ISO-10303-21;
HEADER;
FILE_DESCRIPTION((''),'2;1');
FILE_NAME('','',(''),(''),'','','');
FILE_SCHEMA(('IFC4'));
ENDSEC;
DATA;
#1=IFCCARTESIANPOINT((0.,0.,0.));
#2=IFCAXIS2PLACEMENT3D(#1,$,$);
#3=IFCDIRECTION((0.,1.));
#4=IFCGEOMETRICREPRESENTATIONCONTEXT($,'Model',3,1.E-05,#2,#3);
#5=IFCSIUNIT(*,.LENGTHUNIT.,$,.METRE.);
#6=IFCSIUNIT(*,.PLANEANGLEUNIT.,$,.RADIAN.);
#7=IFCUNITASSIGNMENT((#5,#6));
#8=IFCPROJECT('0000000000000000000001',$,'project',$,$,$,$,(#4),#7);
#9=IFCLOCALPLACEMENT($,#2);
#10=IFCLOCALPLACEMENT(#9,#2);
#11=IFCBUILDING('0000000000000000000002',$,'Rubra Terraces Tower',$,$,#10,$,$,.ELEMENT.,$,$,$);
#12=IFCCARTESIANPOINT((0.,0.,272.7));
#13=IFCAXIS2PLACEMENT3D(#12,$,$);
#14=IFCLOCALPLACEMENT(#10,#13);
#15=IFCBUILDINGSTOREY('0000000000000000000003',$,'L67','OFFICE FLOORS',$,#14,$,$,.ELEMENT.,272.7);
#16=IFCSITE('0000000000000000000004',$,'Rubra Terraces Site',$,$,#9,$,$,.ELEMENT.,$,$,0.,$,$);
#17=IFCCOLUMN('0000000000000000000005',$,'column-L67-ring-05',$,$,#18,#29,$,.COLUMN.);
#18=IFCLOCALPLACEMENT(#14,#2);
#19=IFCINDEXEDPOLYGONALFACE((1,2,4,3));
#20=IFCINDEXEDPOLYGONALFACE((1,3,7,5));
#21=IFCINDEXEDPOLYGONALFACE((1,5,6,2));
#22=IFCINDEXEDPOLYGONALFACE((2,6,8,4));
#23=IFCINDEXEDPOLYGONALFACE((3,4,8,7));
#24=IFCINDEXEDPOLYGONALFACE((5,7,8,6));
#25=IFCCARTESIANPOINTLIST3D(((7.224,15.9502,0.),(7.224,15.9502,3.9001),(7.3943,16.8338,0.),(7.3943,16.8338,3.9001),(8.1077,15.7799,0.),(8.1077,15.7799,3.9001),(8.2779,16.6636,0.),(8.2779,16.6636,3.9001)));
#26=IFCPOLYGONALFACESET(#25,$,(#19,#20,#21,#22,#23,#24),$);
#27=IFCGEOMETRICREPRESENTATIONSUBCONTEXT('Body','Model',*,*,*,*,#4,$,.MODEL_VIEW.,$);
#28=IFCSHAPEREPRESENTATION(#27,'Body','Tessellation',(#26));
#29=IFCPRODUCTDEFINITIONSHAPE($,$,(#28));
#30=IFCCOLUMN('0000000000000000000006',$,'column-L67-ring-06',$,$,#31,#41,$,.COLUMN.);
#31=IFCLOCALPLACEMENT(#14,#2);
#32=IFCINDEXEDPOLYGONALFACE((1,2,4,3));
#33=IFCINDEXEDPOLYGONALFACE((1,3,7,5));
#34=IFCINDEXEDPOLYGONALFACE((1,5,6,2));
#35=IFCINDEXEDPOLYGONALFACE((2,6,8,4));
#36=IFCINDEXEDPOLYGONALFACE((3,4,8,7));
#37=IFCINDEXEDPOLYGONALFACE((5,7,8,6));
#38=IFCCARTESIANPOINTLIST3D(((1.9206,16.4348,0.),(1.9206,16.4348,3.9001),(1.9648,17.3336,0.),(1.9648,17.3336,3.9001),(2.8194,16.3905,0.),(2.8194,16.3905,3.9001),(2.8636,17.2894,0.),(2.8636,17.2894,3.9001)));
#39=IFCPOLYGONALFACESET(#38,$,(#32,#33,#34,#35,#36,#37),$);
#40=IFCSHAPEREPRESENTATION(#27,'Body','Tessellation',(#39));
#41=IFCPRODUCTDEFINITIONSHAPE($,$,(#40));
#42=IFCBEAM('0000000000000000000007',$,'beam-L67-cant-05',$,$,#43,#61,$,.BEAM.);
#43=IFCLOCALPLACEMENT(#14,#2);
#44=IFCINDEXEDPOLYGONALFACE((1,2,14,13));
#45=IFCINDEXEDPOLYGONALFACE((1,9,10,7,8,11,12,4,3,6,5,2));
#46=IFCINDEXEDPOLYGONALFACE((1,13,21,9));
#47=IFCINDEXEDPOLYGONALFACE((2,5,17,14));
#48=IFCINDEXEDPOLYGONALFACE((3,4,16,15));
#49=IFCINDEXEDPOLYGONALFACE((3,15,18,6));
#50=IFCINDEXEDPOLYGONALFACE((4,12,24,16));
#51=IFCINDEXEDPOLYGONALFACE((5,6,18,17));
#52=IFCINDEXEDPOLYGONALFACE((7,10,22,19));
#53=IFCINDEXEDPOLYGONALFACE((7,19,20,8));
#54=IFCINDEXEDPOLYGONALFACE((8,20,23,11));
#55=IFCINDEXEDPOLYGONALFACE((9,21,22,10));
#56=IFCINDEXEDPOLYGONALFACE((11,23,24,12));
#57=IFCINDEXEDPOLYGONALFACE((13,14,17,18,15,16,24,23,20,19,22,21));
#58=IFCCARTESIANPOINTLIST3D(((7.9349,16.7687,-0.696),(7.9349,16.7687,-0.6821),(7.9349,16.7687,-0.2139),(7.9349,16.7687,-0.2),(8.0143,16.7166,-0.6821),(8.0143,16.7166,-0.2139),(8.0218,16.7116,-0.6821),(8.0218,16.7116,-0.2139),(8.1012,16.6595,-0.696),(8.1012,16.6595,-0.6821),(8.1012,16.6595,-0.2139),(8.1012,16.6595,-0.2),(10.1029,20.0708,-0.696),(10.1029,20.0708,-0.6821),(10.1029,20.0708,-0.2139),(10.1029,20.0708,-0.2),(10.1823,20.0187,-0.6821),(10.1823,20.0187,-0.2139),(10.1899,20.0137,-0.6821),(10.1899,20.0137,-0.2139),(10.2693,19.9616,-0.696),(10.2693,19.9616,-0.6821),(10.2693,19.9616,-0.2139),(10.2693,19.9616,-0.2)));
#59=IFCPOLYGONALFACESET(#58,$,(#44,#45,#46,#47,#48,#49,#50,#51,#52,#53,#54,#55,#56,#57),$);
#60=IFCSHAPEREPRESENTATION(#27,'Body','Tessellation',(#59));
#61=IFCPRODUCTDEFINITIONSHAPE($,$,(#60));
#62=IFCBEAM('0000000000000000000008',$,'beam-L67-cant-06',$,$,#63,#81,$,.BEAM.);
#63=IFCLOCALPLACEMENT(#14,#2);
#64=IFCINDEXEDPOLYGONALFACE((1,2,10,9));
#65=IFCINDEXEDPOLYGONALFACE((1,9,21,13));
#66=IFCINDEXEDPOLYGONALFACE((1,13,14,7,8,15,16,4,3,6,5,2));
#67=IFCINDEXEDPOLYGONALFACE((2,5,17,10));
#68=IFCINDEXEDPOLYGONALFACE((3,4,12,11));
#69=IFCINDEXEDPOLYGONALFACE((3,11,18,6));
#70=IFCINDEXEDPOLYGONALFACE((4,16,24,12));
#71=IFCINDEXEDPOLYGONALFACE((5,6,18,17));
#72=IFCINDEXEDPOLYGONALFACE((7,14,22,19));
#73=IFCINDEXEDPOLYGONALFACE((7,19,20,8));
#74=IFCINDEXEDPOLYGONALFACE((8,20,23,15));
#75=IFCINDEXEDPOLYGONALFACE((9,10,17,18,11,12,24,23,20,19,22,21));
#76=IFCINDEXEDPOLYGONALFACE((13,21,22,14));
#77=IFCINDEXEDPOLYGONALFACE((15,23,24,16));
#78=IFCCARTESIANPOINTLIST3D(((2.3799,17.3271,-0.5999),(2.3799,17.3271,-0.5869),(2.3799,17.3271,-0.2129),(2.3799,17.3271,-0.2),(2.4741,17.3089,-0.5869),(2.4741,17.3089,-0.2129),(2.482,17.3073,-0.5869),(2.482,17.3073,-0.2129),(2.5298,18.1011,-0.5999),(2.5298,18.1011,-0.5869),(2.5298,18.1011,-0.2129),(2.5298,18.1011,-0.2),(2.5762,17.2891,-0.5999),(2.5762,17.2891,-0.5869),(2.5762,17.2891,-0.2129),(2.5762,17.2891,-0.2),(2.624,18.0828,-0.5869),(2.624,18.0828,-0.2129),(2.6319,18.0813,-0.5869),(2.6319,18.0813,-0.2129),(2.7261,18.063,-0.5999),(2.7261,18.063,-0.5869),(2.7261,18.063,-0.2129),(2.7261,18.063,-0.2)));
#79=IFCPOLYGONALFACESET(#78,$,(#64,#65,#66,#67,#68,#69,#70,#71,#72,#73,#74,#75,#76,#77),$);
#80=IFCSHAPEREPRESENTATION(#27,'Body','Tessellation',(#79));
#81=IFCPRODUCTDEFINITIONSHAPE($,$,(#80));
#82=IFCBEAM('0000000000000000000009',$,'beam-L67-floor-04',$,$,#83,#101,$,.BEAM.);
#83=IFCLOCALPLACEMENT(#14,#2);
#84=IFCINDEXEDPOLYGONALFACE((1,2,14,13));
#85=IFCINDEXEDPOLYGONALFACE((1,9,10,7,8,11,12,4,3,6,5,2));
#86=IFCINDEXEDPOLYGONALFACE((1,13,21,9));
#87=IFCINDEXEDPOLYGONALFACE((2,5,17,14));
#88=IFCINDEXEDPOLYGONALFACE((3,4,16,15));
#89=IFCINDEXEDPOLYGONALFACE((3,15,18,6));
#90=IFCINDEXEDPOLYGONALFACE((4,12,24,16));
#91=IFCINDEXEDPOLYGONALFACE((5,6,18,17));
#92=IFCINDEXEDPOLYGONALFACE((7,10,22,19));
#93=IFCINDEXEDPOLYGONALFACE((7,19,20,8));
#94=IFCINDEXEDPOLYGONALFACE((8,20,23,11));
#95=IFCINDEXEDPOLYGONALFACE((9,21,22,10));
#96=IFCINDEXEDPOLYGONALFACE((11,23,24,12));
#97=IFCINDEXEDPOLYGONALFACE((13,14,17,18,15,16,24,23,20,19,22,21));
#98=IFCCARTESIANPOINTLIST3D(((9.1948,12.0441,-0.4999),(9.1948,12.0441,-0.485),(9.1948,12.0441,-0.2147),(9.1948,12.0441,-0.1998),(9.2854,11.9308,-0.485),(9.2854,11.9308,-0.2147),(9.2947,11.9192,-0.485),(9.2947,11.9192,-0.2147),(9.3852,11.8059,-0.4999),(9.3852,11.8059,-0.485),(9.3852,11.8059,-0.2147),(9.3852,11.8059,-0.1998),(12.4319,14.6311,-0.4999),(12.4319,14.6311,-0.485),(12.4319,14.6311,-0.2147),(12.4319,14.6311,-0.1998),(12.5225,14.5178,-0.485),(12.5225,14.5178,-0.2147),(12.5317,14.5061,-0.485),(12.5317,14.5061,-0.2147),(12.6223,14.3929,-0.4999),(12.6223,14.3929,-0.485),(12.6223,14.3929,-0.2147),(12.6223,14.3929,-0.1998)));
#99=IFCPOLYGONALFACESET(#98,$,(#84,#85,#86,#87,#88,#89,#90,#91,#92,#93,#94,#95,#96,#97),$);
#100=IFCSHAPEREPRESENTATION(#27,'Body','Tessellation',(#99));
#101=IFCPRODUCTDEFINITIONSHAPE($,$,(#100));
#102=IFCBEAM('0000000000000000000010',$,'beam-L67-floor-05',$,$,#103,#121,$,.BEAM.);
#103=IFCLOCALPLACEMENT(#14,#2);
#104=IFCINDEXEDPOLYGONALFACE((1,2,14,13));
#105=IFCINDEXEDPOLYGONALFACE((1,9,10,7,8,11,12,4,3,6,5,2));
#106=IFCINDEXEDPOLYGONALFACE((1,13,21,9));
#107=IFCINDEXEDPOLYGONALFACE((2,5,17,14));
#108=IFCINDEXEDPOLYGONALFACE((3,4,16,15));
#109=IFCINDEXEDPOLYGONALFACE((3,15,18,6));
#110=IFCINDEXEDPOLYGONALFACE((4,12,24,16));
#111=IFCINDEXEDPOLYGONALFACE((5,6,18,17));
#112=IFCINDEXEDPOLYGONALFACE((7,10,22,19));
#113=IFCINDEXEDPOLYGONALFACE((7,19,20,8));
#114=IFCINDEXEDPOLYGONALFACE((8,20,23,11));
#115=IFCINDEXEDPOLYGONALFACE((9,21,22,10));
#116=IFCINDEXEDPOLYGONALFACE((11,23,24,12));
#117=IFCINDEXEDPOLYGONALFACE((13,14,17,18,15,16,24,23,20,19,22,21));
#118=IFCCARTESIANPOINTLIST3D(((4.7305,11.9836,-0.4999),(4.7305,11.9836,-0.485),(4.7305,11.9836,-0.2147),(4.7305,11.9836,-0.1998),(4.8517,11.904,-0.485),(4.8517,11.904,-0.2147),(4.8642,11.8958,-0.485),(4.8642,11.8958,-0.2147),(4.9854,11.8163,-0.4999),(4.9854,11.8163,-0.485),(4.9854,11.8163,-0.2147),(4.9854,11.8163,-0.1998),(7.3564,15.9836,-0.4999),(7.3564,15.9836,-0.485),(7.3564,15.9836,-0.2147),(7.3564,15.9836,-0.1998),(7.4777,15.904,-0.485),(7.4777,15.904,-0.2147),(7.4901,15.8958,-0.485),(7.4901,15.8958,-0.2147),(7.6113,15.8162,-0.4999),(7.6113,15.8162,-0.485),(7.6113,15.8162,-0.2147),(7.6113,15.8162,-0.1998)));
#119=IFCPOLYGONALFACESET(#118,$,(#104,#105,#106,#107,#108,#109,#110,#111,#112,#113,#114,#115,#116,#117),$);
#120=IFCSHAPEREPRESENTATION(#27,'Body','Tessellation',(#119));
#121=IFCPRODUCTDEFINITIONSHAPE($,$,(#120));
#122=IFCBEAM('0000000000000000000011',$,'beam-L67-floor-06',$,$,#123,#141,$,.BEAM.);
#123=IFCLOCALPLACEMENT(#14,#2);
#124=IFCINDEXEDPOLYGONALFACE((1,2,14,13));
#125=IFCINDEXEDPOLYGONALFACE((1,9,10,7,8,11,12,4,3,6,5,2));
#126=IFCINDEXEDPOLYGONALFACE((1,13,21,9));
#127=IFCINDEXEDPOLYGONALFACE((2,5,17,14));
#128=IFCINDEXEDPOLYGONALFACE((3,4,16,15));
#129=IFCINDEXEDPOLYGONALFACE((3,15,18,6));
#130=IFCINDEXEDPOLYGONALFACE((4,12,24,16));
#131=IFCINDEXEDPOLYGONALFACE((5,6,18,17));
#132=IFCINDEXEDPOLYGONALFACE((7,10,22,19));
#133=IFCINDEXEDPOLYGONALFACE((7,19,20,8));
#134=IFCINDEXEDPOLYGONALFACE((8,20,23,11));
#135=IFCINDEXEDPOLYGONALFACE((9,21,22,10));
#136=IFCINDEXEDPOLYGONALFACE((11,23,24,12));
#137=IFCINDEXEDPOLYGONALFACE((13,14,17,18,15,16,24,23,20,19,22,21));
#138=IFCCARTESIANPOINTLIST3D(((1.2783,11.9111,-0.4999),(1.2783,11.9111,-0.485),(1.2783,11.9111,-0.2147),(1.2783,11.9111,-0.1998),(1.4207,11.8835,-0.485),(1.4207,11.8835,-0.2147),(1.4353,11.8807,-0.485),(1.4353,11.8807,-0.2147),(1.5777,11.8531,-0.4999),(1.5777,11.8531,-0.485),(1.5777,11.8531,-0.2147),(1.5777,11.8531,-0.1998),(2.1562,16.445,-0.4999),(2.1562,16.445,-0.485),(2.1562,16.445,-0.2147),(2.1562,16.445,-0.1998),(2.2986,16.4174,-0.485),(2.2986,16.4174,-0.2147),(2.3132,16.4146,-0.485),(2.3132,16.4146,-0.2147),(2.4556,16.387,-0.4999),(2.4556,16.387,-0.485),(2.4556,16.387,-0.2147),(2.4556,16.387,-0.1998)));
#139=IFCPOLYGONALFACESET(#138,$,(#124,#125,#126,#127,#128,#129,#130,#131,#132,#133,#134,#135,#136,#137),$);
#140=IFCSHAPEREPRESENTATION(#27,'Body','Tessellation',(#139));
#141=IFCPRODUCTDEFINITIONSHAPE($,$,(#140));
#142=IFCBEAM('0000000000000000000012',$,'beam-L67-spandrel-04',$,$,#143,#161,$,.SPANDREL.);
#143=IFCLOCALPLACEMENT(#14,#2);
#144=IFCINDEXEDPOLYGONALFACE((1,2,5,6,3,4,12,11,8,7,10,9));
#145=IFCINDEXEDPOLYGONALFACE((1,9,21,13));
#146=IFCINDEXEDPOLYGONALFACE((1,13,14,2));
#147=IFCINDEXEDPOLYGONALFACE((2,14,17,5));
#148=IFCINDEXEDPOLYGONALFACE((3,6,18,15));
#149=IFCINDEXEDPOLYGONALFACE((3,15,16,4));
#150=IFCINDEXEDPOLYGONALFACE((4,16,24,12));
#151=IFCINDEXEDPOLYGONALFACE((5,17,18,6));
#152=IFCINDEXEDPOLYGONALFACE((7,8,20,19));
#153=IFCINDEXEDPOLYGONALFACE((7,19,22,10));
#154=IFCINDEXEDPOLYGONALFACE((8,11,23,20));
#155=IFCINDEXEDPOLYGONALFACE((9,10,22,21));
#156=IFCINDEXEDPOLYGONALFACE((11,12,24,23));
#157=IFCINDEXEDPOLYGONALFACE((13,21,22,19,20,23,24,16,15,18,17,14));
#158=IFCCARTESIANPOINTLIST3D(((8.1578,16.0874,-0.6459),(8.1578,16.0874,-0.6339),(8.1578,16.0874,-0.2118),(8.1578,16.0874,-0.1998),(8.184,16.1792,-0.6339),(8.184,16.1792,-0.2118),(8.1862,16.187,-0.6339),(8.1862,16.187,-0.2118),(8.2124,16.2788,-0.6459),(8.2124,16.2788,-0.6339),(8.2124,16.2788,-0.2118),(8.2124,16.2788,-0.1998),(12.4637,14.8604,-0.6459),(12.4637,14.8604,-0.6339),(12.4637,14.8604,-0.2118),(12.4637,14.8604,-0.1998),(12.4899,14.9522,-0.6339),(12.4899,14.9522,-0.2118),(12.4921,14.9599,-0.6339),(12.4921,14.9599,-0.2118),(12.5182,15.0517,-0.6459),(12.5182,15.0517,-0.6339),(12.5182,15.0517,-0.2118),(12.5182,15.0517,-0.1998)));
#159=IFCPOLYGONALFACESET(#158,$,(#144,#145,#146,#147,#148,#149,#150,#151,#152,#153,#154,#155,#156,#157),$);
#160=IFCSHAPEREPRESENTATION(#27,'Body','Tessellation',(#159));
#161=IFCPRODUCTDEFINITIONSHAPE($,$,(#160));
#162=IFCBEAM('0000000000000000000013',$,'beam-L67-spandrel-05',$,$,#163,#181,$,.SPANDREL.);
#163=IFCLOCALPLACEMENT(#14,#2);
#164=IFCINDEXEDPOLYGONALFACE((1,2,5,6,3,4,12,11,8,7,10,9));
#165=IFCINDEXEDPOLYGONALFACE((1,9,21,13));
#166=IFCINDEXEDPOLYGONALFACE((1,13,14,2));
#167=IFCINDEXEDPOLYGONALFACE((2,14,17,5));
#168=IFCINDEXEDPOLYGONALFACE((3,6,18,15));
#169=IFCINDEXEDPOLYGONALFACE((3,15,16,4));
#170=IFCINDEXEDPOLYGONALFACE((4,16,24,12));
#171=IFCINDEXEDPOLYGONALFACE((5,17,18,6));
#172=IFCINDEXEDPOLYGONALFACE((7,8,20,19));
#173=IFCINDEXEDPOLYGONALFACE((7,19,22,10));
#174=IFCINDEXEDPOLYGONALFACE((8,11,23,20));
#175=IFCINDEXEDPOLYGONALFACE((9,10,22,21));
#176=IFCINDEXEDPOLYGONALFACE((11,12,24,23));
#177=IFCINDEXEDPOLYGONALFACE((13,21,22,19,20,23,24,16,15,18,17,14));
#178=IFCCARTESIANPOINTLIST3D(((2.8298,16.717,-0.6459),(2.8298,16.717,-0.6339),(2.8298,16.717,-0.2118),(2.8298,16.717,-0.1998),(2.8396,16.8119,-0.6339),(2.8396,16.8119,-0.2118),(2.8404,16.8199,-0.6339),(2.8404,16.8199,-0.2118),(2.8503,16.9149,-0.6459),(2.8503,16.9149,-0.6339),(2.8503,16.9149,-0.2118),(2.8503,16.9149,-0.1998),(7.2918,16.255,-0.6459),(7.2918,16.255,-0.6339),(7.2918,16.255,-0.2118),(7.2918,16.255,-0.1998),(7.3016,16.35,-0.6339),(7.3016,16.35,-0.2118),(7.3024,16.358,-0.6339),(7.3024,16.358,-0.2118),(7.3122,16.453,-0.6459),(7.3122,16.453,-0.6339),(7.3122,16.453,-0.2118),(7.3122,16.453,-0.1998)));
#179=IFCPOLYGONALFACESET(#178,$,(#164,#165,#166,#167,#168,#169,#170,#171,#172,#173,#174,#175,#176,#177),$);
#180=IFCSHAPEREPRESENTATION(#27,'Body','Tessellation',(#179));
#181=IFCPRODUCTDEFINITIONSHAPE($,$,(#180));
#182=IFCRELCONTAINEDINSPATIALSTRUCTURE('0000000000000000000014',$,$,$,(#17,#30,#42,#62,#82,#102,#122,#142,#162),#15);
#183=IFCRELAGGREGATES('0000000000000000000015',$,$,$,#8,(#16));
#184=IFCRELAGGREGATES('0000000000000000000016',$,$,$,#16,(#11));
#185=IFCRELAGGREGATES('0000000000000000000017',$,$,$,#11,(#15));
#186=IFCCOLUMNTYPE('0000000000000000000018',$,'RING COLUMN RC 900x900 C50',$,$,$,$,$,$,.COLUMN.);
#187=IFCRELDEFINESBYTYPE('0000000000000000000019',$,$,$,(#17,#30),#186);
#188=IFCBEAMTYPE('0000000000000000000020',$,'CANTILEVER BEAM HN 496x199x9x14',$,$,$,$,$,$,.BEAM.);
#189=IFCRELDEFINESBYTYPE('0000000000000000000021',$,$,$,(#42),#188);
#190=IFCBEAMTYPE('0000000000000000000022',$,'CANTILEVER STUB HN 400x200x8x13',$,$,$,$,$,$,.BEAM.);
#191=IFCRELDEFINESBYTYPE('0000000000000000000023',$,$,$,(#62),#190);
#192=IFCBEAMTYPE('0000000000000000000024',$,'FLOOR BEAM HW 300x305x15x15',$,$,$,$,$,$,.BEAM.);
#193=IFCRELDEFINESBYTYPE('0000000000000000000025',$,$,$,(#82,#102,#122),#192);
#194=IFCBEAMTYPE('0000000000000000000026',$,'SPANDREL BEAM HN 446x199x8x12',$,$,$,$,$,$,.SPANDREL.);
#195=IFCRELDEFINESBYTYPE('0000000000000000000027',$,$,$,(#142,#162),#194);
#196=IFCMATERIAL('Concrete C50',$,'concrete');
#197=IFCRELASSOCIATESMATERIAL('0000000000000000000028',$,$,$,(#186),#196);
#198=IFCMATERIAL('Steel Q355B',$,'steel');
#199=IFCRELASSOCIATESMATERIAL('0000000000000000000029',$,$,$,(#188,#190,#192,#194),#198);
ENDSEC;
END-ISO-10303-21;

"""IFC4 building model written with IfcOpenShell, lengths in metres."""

from ifc_helpers import new_model, si_unit, direction, frame, origin, origin_2d, place, context, subcontext, project, spatial, rectangle, i_section, extrude, material, material_profile, profile_set, type_object, element, save


model = new_model("IFC4")

# Units and contexts
model_context = context("Model", 3, precision=1e-05, world=origin(), true_north=direction((0.0, 1.0)))
body_context = subcontext(model_context, "Body", "Model", "MODEL_VIEW")
ifc_project = project(units=[si_unit("LENGTHUNIT", "METRE"), si_unit("PLANEANGLEUNIT", "RADIAN")], contexts=[model_context])

# Site, building, storey
site_placement = place(None, origin())
site = spatial("IfcSite", under=ifc_project, at=site_placement, Name="Rubra Terraces Site", CompositionType="ELEMENT", RefElevation=0.0)
building_placement = place(site_placement, origin())
building = spatial("IfcBuilding", under=site, at=building_placement, Name="Rubra Terraces Tower", CompositionType="ELEMENT")
storey_placement = place(building_placement, frame((0.0, 0.0, 272.7)))
storey = spatial("IfcBuildingStorey", under=building, at=storey_placement, Name="L67", Description="OFFICE FLOORS", CompositionType="ELEMENT", Elevation=272.7)

# Columns
ifc_material_1 = material(Name="Concrete C50", Category="concrete")
ifc_material_profile_1 = material_profile(ifc_material_1, rectangle(XDim=0.8999, YDim=0.8999, at=origin_2d()), Name="RC 900x900")
ifc_profile_set_1 = profile_set([ifc_material_profile_1], Name="Concrete C50")
column_type = type_object("IfcColumnType", Name="RING COLUMN RC 900x900 C50", PredefinedType="COLUMN", material=ifc_profile_set_1)
for number, where, z_axis, x_axis, name in (
    (1, (7.751, 16.3069, 0.0), (0.0, 0.0, 1.0), (-0.981937, 0.18921, 0.0), "column-L67-ring-05"),
    (2, (2.3921, 16.8621, 0.0), (0.0, 0.0, 1.0), (-0.998791, 0.04915, 0.0), "column-L67-ring-06"),
):
    element("IfcColumn", number, at=place(storey_placement, frame(where, z_axis=z_axis, x_axis=x_axis)), inside=storey, type_object=column_type, Name=name, PredefinedType="COLUMN", context=body_context, shape_type="SweptSolid", body=[
        extrude(rectangle(XDim=0.8999, YDim=0.8999, at=origin_2d()), origin(), (0.0, 0.0, 1.0), 3.9001),
    ])

# Beams
ifc_material_2 = material(Name="Steel Q355B", Category="steel")
ifc_material_profile_2 = material_profile(ifc_material_2, i_section(OverallWidth=0.199, OverallDepth=0.4961, WebThickness=0.009, FlangeThickness=0.0139, at=origin_2d()), Name="HN 496x199x9x14")
ifc_profile_set_2 = profile_set([ifc_material_profile_2], Name="Steel Q355B")
beam_type_1 = type_object("IfcBeamType", Name="CANTILEVER BEAM HN 496x199x9x14", PredefinedType="BEAM", material=ifc_profile_set_2)
beam_1_placement = place(storey_placement, frame((8.0181, 16.7141, -0.448), z_axis=(0.548839, 0.835928, 0.0), x_axis=(-0.835928, 0.548839, 0.0)))
element("IfcBeam", 3, at=beam_1_placement, inside=storey, type_object=beam_type_1, Name="beam-L67-cant-05", PredefinedType="BEAM", context=body_context, shape_type="SweptSolid", body=[
    extrude(i_section(OverallWidth=0.199, OverallDepth=0.4961, WebThickness=0.009, FlangeThickness=0.0139, at=origin_2d()), origin(), (0.0, 0.0, 1.0), 3.9502),
])
ifc_material_profile_3 = material_profile(ifc_material_2, i_section(OverallWidth=0.2, OverallDepth=0.3999, WebThickness=0.0081, FlangeThickness=0.0129, at=origin_2d()), Name="HN 400x200x8x13")
ifc_profile_set_3 = profile_set([ifc_material_profile_3], Name="Steel Q355B")
beam_type_2 = type_object("IfcBeamType", Name="CANTILEVER STUB HN 400x200x8x13", PredefinedType="BEAM", material=ifc_profile_set_3)
beam_2_placement = place(storey_placement, frame((2.478, 17.3081, -0.3999), z_axis=(0.190157, 0.981754, 0.0), x_axis=(-0.981754, 0.190157, 0.0)))
element("IfcBeam", 4, at=beam_2_placement, inside=storey, type_object=beam_type_2, Name="beam-L67-cant-06", PredefinedType="BEAM", context=body_context, shape_type="SweptSolid", body=[
    extrude(i_section(OverallWidth=0.2, OverallDepth=0.3999, WebThickness=0.0081, FlangeThickness=0.0129, at=origin_2d()), origin(), (0.0, 0.0, 1.0), 0.7883),
])
ifc_material_profile_4 = material_profile(ifc_material_2, i_section(OverallWidth=0.3049, OverallDepth=0.3, WebThickness=0.0149, FlangeThickness=0.0149, at=origin_2d()), Name="HW 300x305x15x15")
ifc_profile_set_4 = profile_set([ifc_material_profile_4], Name="Steel Q355B")
beam_type_3 = type_object("IfcBeamType", Name="FLOOR BEAM HW 300x305x15x15", PredefinedType="BEAM", material=ifc_profile_set_4)
beam_3_placement = place(storey_placement, frame((12.5271, 14.512, -0.3499), z_axis=(-0.781191, -0.624293, 0.0), x_axis=(0.624293, -0.781191, 0.0)))
element("IfcBeam", 5, at=beam_3_placement, inside=storey, type_object=beam_type_3, Name="beam-L67-floor-04", PredefinedType="BEAM", context=body_context, shape_type="SweptSolid", body=[
    extrude(i_section(OverallWidth=0.3049, OverallDepth=0.3, WebThickness=0.0149, FlangeThickness=0.0149, at=origin_2d()), origin(), (0.0, 0.0, 1.0), 4.1438),
])
beam_4_placement = place(storey_placement, frame((7.4839, 15.8999, -0.3499), z_axis=(-0.548799, -0.835954, 0.0), x_axis=(0.835954, -0.548799, 0.0)))
element("IfcBeam", 6, at=beam_4_placement, inside=storey, type_object=beam_type_3, Name="beam-L67-floor-05", PredefinedType="BEAM", context=body_context, shape_type="SweptSolid", body=[
    extrude(i_section(OverallWidth=0.3049, OverallDepth=0.3, WebThickness=0.0149, FlangeThickness=0.0149, at=origin_2d()), origin(), (0.0, 0.0, 1.0), 4.7849),
])
beam_5_placement = place(storey_placement, frame((2.3059, 16.416, -0.3499), z_axis=(-0.190104, -0.981764, 0.0), x_axis=(0.981764, -0.190104, 0.0)))
element("IfcBeam", 7, at=beam_5_placement, inside=storey, type_object=beam_type_3, Name="beam-L67-floor-06", PredefinedType="BEAM", context=body_context, shape_type="SweptSolid", body=[
    extrude(i_section(OverallWidth=0.3049, OverallDepth=0.3, WebThickness=0.0149, FlangeThickness=0.0149, at=origin_2d()), origin(), (0.0, 0.0, 1.0), 4.6182),
])
ifc_material_profile_5 = material_profile(ifc_material_2, i_section(OverallWidth=0.199, OverallDepth=0.446, WebThickness=0.0081, FlangeThickness=0.012, at=origin_2d()), Name="HN 446x199x8x12")
ifc_profile_set_5 = profile_set([ifc_material_profile_5], Name="Steel Q355B")
beam_type_4 = type_object("IfcBeamType", Name="SPANDREL BEAM HN 446x199x8x12", PredefinedType="SPANDREL", material=ifc_profile_set_5)
beam_6_placement = place(storey_placement, frame((12.491, 14.9561, -0.4229), z_axis=(-0.961713, 0.274058, 0.0), x_axis=(-0.274058, -0.961713, 0.0)))
element("IfcBeam", 8, at=beam_6_placement, inside=storey, type_object=beam_type_4, Name="beam-L67-spandrel-04", PredefinedType="SPANDREL", context=body_context, shape_type="SweptSolid", body=[
    extrude(i_section(OverallWidth=0.199, OverallDepth=0.446, WebThickness=0.0081, FlangeThickness=0.012, at=origin_2d()), origin(), (0.0, 0.0, 1.0), 4.4773),
])
beam_7_placement = place(storey_placement, frame((7.302, 16.354, -0.4229), z_axis=(-0.994684, 0.102973, 0.0), x_axis=(-0.102973, -0.994684, 0.0)))
element("IfcBeam", 9, at=beam_7_placement, inside=storey, type_object=beam_type_4, Name="beam-L67-spandrel-05", PredefinedType="SPANDREL", context=body_context, shape_type="SweptSolid", body=[
    extrude(i_section(OverallWidth=0.199, OverallDepth=0.446, WebThickness=0.0081, FlangeThickness=0.012, at=origin_2d()), origin(), (0.0, 0.0, 1.0), 4.4858),
])

save(model, "model.ifc")
